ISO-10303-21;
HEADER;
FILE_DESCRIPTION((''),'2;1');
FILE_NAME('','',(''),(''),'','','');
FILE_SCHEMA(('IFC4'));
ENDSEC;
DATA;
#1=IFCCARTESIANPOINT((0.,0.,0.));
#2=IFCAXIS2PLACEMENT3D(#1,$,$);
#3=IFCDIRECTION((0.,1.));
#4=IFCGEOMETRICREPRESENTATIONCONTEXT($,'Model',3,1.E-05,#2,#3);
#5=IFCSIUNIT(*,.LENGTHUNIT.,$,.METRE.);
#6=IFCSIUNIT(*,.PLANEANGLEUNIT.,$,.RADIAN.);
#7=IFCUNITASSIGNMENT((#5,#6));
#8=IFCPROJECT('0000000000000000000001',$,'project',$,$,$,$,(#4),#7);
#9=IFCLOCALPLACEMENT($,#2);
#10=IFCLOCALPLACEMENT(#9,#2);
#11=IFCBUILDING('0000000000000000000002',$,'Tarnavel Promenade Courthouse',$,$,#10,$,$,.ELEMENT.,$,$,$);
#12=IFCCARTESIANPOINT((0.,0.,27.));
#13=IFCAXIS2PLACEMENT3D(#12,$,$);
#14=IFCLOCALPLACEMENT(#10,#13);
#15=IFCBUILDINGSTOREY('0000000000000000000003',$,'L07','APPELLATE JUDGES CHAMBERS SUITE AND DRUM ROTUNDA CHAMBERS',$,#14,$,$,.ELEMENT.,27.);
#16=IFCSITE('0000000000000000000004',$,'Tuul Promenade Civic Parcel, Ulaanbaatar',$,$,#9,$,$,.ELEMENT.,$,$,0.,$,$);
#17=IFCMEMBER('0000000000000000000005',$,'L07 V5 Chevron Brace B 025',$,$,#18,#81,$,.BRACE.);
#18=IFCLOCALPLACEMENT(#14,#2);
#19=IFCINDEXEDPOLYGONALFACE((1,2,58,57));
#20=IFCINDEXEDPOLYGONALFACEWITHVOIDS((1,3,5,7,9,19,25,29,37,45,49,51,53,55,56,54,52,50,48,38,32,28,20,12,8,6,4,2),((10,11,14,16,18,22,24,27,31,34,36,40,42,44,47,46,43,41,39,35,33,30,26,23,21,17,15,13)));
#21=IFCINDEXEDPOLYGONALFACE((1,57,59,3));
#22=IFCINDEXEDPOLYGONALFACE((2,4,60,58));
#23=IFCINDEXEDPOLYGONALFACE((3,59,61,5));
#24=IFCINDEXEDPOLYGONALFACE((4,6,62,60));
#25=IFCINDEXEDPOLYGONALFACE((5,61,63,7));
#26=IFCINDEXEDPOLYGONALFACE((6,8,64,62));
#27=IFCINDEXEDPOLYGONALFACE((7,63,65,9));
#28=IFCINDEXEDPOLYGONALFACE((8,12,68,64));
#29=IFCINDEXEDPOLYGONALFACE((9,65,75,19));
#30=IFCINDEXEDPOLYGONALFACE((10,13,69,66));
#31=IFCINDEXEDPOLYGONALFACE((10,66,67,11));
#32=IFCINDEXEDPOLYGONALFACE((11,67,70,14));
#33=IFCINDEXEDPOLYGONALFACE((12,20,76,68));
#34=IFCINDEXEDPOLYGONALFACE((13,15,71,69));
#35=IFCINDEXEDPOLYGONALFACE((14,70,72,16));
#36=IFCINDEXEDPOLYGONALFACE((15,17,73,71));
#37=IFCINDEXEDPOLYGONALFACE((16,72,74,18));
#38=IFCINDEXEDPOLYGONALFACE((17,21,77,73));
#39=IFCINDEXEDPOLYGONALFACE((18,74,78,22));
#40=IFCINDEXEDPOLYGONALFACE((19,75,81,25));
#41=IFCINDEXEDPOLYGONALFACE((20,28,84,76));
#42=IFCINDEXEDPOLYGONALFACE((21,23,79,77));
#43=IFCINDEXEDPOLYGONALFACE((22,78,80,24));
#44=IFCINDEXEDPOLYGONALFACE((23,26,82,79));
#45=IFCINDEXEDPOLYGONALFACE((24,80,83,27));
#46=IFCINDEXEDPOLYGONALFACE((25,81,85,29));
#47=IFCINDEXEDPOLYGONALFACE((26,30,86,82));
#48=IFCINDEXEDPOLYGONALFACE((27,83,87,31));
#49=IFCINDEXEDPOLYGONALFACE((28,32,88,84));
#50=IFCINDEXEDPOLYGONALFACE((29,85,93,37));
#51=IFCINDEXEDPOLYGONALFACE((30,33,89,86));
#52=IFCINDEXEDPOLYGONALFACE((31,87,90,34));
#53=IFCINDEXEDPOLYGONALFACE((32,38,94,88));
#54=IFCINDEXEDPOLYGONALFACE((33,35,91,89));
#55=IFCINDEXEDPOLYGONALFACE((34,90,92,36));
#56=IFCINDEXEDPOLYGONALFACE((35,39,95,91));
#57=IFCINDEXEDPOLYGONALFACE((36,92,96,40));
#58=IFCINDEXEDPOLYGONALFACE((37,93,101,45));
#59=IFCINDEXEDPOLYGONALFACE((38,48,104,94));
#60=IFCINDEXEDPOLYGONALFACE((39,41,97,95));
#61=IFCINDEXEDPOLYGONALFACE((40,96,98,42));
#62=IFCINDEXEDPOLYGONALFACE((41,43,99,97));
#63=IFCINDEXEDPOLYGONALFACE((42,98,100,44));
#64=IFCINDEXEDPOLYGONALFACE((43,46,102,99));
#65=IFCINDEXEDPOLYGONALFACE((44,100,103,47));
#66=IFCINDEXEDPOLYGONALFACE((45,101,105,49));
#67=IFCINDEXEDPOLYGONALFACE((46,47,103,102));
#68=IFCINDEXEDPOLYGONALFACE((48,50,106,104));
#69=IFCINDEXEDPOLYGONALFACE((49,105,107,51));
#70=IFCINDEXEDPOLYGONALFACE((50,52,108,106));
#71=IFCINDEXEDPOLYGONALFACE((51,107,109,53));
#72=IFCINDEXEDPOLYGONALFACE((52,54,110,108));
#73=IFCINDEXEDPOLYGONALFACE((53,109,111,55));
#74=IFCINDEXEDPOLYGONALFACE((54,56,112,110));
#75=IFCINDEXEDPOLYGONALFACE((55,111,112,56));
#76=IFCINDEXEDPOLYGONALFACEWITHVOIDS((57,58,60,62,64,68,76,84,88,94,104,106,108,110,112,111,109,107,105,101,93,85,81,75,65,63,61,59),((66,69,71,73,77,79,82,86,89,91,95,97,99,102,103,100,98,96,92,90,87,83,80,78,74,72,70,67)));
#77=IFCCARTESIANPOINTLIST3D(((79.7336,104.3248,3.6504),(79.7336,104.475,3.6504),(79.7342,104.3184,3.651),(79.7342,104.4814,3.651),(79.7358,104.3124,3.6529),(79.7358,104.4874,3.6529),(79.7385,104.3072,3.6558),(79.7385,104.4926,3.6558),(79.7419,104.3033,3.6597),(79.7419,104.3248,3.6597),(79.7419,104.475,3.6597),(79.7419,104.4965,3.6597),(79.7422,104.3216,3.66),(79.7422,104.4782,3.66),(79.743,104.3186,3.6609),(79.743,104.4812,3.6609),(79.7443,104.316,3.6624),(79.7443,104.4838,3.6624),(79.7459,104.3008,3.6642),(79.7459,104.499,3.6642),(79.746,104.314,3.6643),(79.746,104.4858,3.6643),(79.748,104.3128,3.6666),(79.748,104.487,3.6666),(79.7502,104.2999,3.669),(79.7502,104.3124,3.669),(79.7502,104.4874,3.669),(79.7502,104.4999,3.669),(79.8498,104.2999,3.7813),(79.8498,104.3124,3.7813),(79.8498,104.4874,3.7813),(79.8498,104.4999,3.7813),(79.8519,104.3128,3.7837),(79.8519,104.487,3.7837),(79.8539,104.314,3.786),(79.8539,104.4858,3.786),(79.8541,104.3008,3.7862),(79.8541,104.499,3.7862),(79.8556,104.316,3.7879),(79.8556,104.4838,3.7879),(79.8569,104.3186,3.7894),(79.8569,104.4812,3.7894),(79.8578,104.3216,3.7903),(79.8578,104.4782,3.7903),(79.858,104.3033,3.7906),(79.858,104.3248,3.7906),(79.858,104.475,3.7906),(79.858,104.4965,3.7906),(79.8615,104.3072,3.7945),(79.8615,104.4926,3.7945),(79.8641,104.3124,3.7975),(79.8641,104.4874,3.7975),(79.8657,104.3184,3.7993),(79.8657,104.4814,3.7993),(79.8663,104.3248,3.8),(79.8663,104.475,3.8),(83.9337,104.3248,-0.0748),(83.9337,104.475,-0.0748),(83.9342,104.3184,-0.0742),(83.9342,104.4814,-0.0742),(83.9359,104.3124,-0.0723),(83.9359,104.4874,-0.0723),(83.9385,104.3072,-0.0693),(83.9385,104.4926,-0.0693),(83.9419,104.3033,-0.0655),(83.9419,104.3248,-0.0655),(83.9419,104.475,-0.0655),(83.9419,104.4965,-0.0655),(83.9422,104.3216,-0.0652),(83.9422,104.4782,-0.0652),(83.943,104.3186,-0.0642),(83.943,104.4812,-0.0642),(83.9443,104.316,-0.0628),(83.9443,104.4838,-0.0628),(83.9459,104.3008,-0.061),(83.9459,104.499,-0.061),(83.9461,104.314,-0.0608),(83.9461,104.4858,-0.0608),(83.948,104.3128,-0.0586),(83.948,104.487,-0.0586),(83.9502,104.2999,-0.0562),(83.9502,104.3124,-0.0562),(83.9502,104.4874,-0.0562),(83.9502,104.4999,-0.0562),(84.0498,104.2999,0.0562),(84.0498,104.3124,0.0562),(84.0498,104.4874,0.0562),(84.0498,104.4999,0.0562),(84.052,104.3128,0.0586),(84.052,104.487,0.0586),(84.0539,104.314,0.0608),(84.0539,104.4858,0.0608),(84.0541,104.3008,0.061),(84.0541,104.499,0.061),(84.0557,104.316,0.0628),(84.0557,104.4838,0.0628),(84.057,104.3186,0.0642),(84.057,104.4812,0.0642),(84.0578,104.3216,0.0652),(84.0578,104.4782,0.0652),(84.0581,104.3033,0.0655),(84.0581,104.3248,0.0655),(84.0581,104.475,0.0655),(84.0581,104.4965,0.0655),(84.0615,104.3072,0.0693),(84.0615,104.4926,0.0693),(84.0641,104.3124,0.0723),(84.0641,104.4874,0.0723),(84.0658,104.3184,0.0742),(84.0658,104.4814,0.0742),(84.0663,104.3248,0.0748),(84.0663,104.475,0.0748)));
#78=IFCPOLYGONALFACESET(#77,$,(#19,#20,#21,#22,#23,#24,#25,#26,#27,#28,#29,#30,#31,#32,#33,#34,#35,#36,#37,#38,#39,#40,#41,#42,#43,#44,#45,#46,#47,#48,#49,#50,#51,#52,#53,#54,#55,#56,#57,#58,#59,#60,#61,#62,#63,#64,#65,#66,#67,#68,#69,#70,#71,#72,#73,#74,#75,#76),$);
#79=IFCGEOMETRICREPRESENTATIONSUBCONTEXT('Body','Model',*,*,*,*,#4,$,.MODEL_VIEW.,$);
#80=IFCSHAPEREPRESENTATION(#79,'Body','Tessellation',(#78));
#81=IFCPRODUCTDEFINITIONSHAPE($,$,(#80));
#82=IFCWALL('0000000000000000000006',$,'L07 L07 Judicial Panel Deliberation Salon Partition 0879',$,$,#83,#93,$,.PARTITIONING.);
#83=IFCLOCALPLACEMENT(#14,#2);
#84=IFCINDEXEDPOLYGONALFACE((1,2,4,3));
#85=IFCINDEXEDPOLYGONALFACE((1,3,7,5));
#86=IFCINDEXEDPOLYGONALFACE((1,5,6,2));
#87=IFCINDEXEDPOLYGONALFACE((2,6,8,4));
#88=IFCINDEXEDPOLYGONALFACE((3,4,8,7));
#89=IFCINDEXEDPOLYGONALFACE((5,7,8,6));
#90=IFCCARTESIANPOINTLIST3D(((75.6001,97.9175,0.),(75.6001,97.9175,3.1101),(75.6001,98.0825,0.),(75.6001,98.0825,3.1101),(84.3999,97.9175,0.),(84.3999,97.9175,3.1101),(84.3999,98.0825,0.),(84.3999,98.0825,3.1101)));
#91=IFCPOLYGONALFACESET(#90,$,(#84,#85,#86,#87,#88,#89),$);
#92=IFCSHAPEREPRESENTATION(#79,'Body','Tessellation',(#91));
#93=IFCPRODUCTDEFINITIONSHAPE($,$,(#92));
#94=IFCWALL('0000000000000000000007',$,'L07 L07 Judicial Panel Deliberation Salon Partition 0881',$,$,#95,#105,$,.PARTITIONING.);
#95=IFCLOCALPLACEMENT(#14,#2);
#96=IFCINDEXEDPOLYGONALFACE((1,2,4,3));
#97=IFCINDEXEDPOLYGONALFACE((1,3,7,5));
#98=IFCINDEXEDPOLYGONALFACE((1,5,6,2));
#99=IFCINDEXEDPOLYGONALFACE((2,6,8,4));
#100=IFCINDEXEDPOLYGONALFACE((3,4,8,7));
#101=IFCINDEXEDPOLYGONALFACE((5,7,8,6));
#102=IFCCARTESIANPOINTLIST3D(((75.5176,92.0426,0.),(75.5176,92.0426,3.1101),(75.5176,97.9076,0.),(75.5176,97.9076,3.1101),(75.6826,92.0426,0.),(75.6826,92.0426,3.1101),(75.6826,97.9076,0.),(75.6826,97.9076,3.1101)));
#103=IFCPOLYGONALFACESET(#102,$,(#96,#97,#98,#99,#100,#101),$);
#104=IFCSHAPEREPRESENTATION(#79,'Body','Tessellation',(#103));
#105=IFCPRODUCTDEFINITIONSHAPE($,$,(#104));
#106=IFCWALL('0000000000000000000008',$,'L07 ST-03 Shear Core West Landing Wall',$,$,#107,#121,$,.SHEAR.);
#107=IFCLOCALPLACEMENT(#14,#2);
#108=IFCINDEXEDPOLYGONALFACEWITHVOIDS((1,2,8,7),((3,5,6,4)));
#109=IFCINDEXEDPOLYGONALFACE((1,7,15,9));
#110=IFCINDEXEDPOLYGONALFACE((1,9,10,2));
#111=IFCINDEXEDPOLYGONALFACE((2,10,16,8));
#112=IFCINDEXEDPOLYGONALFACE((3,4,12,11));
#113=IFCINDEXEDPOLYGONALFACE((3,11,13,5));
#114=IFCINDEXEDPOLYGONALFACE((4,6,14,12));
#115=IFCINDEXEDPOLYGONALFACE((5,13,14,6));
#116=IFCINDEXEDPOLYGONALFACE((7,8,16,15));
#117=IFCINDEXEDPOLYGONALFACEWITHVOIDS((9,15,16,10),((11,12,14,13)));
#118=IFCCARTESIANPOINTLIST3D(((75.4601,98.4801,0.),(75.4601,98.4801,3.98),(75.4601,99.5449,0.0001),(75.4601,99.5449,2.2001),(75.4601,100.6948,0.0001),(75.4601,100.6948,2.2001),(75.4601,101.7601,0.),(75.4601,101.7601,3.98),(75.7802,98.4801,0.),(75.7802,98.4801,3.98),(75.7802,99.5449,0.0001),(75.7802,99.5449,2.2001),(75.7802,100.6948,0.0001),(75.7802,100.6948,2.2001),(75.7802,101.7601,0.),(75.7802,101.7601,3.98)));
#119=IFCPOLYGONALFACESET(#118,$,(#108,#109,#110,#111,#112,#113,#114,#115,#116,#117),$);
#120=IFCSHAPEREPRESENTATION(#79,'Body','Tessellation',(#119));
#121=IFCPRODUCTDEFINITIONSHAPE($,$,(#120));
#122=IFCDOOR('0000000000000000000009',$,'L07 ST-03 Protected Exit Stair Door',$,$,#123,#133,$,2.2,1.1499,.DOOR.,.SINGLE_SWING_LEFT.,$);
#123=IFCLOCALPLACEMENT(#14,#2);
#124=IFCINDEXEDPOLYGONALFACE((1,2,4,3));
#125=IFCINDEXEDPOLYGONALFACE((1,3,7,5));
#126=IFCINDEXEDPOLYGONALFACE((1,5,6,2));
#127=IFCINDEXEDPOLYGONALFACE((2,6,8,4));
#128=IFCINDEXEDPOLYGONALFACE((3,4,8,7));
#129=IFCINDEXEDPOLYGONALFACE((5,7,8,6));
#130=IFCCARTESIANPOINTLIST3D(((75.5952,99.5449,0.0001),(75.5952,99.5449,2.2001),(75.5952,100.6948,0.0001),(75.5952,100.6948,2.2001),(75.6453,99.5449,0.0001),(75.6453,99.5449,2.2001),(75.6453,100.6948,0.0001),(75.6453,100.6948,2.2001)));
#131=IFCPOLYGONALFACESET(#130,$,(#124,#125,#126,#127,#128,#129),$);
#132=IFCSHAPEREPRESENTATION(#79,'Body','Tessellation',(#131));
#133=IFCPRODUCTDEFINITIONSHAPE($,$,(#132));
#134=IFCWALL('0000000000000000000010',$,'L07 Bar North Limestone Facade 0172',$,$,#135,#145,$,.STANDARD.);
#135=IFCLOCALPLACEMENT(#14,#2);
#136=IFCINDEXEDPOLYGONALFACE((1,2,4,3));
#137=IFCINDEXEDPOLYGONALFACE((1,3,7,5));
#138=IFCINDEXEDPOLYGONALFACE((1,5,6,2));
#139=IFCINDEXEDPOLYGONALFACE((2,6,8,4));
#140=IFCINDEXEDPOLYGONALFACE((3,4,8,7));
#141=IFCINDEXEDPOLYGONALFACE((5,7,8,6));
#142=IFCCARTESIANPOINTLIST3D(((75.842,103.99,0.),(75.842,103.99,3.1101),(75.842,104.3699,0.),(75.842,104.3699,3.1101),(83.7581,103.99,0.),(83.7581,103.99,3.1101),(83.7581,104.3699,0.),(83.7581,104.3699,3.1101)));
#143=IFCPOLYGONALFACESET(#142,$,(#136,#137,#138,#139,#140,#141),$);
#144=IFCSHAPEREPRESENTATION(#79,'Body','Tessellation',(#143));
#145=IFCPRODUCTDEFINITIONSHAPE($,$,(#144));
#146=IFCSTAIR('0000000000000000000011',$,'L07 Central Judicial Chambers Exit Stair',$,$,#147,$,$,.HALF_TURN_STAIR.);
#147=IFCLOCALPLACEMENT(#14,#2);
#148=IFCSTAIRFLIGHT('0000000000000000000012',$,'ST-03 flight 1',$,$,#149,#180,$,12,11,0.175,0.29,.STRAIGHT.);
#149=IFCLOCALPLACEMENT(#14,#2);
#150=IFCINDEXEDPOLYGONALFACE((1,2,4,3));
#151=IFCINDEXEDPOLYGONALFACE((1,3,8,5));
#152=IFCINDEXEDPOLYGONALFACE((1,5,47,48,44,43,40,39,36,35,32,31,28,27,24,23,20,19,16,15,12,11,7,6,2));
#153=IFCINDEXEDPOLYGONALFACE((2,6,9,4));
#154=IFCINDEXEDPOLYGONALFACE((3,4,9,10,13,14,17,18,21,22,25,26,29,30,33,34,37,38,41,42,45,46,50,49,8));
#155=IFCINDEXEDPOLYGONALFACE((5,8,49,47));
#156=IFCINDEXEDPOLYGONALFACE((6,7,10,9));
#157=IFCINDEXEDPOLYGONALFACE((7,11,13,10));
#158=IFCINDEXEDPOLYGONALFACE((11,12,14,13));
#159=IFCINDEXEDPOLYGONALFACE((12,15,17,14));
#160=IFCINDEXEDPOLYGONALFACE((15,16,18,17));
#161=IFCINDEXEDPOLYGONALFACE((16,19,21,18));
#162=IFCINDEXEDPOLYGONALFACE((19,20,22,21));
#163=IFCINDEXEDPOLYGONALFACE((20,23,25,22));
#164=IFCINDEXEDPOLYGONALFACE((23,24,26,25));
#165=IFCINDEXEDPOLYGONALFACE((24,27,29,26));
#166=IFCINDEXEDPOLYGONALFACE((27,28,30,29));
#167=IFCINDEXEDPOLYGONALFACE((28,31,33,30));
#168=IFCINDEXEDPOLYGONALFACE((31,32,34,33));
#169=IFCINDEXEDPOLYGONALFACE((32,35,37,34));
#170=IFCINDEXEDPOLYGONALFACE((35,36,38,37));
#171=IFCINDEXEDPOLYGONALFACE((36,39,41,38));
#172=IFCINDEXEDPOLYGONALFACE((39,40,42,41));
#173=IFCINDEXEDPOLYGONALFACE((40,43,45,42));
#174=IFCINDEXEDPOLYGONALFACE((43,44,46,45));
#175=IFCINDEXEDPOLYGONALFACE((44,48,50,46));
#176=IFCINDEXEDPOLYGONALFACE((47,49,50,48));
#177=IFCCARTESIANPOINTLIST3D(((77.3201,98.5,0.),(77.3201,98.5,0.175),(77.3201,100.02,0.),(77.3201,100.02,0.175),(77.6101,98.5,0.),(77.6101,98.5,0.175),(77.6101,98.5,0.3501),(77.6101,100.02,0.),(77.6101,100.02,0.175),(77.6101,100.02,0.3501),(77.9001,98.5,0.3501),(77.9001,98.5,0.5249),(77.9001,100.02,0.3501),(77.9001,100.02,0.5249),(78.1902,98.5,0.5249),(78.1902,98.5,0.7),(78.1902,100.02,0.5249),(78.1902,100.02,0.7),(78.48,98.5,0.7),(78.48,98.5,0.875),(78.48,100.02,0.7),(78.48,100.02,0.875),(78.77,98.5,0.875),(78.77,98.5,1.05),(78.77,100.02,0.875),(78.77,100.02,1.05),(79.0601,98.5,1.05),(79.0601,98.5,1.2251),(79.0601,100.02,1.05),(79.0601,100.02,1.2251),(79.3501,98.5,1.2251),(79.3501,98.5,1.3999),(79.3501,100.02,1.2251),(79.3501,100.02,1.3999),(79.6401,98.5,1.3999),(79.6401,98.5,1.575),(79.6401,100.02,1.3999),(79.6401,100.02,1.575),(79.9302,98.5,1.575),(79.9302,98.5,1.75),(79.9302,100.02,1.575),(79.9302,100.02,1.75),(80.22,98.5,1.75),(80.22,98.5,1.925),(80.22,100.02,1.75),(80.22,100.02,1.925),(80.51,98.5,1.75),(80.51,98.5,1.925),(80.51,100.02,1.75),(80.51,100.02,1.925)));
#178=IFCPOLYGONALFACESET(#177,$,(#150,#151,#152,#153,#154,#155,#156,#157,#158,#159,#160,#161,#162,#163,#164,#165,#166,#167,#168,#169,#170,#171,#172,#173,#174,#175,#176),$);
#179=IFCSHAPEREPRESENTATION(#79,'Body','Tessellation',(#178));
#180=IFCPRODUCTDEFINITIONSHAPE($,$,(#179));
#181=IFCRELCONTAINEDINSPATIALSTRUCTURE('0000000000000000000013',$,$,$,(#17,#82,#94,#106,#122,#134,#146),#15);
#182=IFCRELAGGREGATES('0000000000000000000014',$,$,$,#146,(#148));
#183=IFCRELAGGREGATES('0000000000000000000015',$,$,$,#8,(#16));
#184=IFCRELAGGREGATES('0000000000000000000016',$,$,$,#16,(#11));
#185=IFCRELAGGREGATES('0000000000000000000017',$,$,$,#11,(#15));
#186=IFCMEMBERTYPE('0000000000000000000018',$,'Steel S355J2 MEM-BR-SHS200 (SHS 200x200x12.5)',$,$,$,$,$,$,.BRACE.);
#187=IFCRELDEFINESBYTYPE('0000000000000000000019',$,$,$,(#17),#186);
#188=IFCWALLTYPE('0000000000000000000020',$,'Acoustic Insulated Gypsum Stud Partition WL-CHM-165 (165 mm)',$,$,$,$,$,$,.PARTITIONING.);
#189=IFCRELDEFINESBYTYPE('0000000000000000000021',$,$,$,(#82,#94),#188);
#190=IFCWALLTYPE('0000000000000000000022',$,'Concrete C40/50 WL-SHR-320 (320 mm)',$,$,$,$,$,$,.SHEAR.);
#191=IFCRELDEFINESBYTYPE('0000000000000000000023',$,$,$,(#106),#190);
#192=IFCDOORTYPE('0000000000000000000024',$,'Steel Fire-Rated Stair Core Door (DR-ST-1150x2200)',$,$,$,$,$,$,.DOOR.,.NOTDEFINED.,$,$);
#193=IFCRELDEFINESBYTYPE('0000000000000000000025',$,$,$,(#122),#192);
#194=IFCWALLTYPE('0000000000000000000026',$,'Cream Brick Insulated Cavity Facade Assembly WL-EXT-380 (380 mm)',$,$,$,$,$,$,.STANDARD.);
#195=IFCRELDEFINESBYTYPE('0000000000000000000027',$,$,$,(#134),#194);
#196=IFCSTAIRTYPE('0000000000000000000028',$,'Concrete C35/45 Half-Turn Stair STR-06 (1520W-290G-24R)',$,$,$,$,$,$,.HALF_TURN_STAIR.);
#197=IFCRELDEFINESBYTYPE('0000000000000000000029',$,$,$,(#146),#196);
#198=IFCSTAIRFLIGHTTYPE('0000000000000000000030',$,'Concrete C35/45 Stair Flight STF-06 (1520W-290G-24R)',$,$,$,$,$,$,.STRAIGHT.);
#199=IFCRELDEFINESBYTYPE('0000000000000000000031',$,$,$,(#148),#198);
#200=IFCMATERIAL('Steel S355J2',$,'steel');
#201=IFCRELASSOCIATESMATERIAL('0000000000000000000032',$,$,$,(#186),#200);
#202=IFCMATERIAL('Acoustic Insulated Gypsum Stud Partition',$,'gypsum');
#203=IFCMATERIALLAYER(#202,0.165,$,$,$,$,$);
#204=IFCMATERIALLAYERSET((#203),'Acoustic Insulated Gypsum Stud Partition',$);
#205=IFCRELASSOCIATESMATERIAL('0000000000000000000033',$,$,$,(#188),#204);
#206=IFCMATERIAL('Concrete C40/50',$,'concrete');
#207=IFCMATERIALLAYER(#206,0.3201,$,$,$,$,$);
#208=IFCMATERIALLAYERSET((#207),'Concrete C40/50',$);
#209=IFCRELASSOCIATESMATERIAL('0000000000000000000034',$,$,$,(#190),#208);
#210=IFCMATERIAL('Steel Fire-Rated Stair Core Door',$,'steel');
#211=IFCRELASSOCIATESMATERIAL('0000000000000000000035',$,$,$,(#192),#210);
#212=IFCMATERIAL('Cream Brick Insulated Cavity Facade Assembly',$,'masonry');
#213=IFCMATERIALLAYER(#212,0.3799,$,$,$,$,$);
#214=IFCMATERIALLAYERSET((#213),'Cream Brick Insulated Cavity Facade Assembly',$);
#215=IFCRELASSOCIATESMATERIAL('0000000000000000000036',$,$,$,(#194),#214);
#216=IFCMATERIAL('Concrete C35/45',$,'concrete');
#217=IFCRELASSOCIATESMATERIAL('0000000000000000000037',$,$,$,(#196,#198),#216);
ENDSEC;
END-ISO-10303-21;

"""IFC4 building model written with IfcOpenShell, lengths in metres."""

from ifc_helpers import new_model, si_unit, direction, frame, frame_2d, origin, origin_2d, place, context, subcontext, project, spatial, polyline, rectangle, hollow_rectangle, outline, extrude, material, layer, layer_set, material_profile, profile_set, type_object, element, fill, aggregate, save


model = new_model("IFC4")

# Units and contexts
model_context = context("Model", 3, precision=1e-05, world=origin(), true_north=direction((0.0, 1.0)))
body_context = subcontext(model_context, "Body", "Model", "MODEL_VIEW")
ifc_project = project(units=[si_unit("LENGTHUNIT", "METRE"), si_unit("PLANEANGLEUNIT", "RADIAN")], contexts=[model_context])

# Site, building, storey
site_placement = place(None, origin())
site = spatial("IfcSite", under=ifc_project, at=site_placement, Name="Tuul Promenade Civic Parcel, Ulaanbaatar", CompositionType="ELEMENT", RefElevation=0.0)
building_placement = place(site_placement, origin())
building = spatial("IfcBuilding", under=site, at=building_placement, Name="Tarnavel Promenade Courthouse", CompositionType="ELEMENT")
storey_placement = place(building_placement, frame((0.0, 0.0, 27.0)))
storey = spatial("IfcBuildingStorey", under=building, at=storey_placement, Name="L07", Description="APPELLATE JUDGES CHAMBERS SUITE AND DRUM ROTUNDA CHAMBERS", CompositionType="ELEMENT", Elevation=27.0)

# Shared definitions
ifc_material_1 = material(Name="Concrete C40/50", Category="concrete")

# Member
ifc_material_2 = material(Name="Steel S355J2", Category="steel")
ifc_material_profile_1 = material_profile(ifc_material_2, hollow_rectangle(XDim=0.2, YDim=0.2, WallThickness=0.0125, InnerFilletRadius=0.0125, OuterFilletRadius=0.0249, at=origin_2d()), Name="SHS 200x200x12.5")
ifc_profile_set_1 = profile_set([ifc_material_profile_1], Name="Steel S355J2")
member_type = type_object("IfcMemberType", Name="Steel S355J2 MEM-BR-SHS200 (SHS 200x200x12.5)", PredefinedType="BRACE", material=ifc_profile_set_1)
for number, where, z_axis, x_axis, name in (
    (1, (84.0, 104.3999, 0.0), (-0.748133, 0.0, 0.663548), (0.0, -1.0, 0.0), "L07 V5 Chevron Brace B 025"),
):
    element("IfcMember", number, at=place(storey_placement, frame(where, z_axis=z_axis, x_axis=x_axis)), inside=storey, type_object=member_type, Name=name, PredefinedType="BRACE", context=body_context, shape_type="SweptSolid", body=[
        extrude(hollow_rectangle(XDim=0.2, YDim=0.2, WallThickness=0.0125, InnerFilletRadius=0.0125, OuterFilletRadius=0.0249, at=origin_2d()), origin(), (0.0, 0.0, 1.0), 5.614),
    ])

# Walls
ifc_material_3 = material(Name="Acoustic Insulated Gypsum Stud Partition", Category="gypsum")
ifc_layer_1 = layer(ifc_material_3, 0.165)
ifc_layer_set_1 = layer_set([ifc_layer_1], Name="Acoustic Insulated Gypsum Stud Partition")
wall_type_1 = type_object("IfcWallType", Name="Acoustic Insulated Gypsum Stud Partition WL-CHM-165 (165 mm)", PredefinedType="PARTITIONING", material=ifc_layer_set_1)
wall_1_placement = place(storey_placement, frame((75.6001, 98.0, 0.0), z_axis=(0.0, 0.0, 1.0), x_axis=(1.0, 0.0, 0.0)))
element("IfcWall", 2, at=wall_1_placement, inside=storey, type_object=wall_type_1, Name="L07 L07 Judicial Panel Deliberation Salon Partition 0879", PredefinedType="PARTITIONING", context=body_context, shape_type="SweptSolid", body=[
    extrude(rectangle(XDim=8.7998, YDim=0.165, at=frame_2d((4.3999, 0.0))), origin(), (0.0, 0.0, 1.0), 3.1101),
])
wall_2_placement = place(storey_placement, frame((75.6001, 92.0425, 0.0), z_axis=(0.0, 0.0, 1.0), x_axis=(0.0, 1.0, 0.0)))
element("IfcWall", 3, at=wall_2_placement, inside=storey, type_object=wall_type_1, Name="L07 L07 Judicial Panel Deliberation Salon Partition 0881", PredefinedType="PARTITIONING", context=body_context, shape_type="SweptSolid", body=[
    extrude(rectangle(XDim=5.865, YDim=0.165, at=frame_2d((2.9326, 0.0))), origin(), (0.0, 0.0, 1.0), 3.1101),
])

# Wall, opening, door
ifc_layer_2 = layer(ifc_material_1, 0.3201)
ifc_layer_set_2 = layer_set([ifc_layer_2], Name="Concrete C40/50")
wall_type_2 = type_object("IfcWallType", Name="Concrete C40/50 WL-SHR-320 (320 mm)", PredefinedType="SHEAR", material=ifc_layer_set_2)
wall_3_placement = place(storey_placement, frame((75.6201, 98.48, 0.0), z_axis=(0.0, 0.0, 1.0), x_axis=(0.0, 1.0, 0.0)))
wall_3 = element("IfcWall", 4, at=wall_3_placement, inside=storey, type_object=wall_type_2, Name="L07 ST-03 Shear Core West Landing Wall", PredefinedType="SHEAR", context=body_context, shape_type="SweptSolid", body=[
    extrude(rectangle(XDim=3.28, YDim=0.3201, at=frame_2d((1.6401, 0.0))), origin(), (0.0, 0.0, 1.0), 3.98),
])
opening_placement = place(wall_3_placement, frame((1.0649, 0.0, 0.0)))
opening = element("IfcOpeningElement", 5, at=opening_placement, cuts=wall_3, PredefinedType="OPENING", context=body_context, shape_type="SweptSolid", body=[
    extrude(rectangle(XDim=1.1499, YDim=2.2, at=frame_2d((0.575, 1.1001))), frame((0.0, 0.1699, 0.0), z_axis=(0.0, -1.0, 0.0), x_axis=(1.0, 0.0, 0.0)), (0.0, 0.0, 1.0), 0.3401),
])
ifc_material_4 = material(Name="Steel Fire-Rated Stair Core Door", Category="steel")
door_type = type_object("IfcDoorType", Name="Steel Fire-Rated Stair Core Door (DR-ST-1150x2200)", OperationType="NOTDEFINED", PredefinedType="DOOR", material=ifc_material_4)
door_placement = place(opening_placement, origin())
door = element("IfcDoor", 6, at=door_placement, inside=storey, type_object=door_type, Name="L07 ST-03 Protected Exit Stair Door", OperationType="SINGLE_SWING_LEFT", OverallHeight=2.2, OverallWidth=1.1499, PredefinedType="DOOR", context=body_context, shape_type="SweptSolid", body=[
    extrude(rectangle(XDim=1.1499, YDim=2.2, at=frame_2d((0.575, 1.1001))), frame((0.0, 0.0249, 0.0), z_axis=(0.0, -1.0, 0.0), x_axis=(1.0, 0.0, 0.0)), (0.0, 0.0, 1.0), 0.05),
])
fill(opening, door)

# Wall
ifc_material_5 = material(Name="Cream Brick Insulated Cavity Facade Assembly", Category="masonry")
ifc_layer_3 = layer(ifc_material_5, 0.3799)
ifc_layer_set_3 = layer_set([ifc_layer_3], Name="Cream Brick Insulated Cavity Facade Assembly")
wall_type_3 = type_object("IfcWallType", Name="Cream Brick Insulated Cavity Facade Assembly WL-EXT-380 (380 mm)", PredefinedType="STANDARD", material=ifc_layer_set_3)
wall_4_placement = place(storey_placement, frame((75.842, 104.1799, 0.0), z_axis=(0.0, 0.0, 1.0), x_axis=(1.0, 0.0, 0.0)))
element("IfcWall", 7, at=wall_4_placement, inside=storey, type_object=wall_type_3, Name="L07 Bar North Limestone Facade 0172", PredefinedType="STANDARD", context=body_context, shape_type="SweptSolid", body=[
    extrude(rectangle(XDim=7.916, YDim=0.3799, at=frame_2d((3.958, 0.0))), origin(), (0.0, 0.0, 1.0), 3.1101),
])

# Stair, stair flight
ifc_material_6 = material(Name="Concrete C35/45", Category="concrete")
stair_type = type_object("IfcStairType", Name="Concrete C35/45 Half-Turn Stair STR-06 (1520W-290G-24R)", PredefinedType="HALF_TURN_STAIR", material=ifc_material_6)
stair_placement = place(storey_placement, origin())
stair = element("IfcStair", 8, at=stair_placement, inside=storey, type_object=stair_type, Name="L07 Central Judicial Chambers Exit Stair", PredefinedType="HALF_TURN_STAIR")
stair_flight_type = type_object("IfcStairFlightType", Name="Concrete C35/45 Stair Flight STF-06 (1520W-290G-24R)", PredefinedType="STRAIGHT", material=ifc_material_6)
stair_flight_1_placement = place(storey_placement, frame((77.3201, 99.26, 0.0), z_axis=(0.0, 0.0, 1.0), x_axis=(1.0, 0.0, 0.0)))
stair_flight_1 = element("IfcStairFlight", 9, at=stair_flight_1_placement, type_object=stair_flight_type, Name="ST-03 flight 1", NumberOfRisers=12, NumberOfTreads=11, PredefinedType="STRAIGHT", RiserHeight=0.175, TreadLength=0.29, context=body_context, shape_type="SweptSolid", body=[
    extrude(outline(polyline([(0.0, 0.0), (0.0, 0.175), (0.29, 0.175), (0.29, 0.3501), (0.5801, 0.3501), (0.5801, 0.5249), (0.8701, 0.5249), (0.8701, 0.7), (1.1599, 0.7), (1.1599, 0.875), (1.45, 0.875), (1.45, 1.05), (1.74, 1.05), (1.74, 1.2251), (2.03, 1.2251), (2.03, 1.3999), (2.3201, 1.3999), (2.3201, 1.575), (2.6101, 1.575), (2.6101, 1.75), (2.8999, 1.75), (2.8999, 1.925), (3.1899, 1.925), (3.1899, 2.1001), (3.1899, 1.75), (0.29, 0.0), (0.0, 0.0)])), frame((0.0, 0.76, 0.0), z_axis=(0.0, -1.0, 0.0), x_axis=(1.0, 0.0, 0.0)), (0.0, 0.0, 1.0), 1.52),
])
aggregate(stair, [stair_flight_1])

save(model, "model.ifc")
